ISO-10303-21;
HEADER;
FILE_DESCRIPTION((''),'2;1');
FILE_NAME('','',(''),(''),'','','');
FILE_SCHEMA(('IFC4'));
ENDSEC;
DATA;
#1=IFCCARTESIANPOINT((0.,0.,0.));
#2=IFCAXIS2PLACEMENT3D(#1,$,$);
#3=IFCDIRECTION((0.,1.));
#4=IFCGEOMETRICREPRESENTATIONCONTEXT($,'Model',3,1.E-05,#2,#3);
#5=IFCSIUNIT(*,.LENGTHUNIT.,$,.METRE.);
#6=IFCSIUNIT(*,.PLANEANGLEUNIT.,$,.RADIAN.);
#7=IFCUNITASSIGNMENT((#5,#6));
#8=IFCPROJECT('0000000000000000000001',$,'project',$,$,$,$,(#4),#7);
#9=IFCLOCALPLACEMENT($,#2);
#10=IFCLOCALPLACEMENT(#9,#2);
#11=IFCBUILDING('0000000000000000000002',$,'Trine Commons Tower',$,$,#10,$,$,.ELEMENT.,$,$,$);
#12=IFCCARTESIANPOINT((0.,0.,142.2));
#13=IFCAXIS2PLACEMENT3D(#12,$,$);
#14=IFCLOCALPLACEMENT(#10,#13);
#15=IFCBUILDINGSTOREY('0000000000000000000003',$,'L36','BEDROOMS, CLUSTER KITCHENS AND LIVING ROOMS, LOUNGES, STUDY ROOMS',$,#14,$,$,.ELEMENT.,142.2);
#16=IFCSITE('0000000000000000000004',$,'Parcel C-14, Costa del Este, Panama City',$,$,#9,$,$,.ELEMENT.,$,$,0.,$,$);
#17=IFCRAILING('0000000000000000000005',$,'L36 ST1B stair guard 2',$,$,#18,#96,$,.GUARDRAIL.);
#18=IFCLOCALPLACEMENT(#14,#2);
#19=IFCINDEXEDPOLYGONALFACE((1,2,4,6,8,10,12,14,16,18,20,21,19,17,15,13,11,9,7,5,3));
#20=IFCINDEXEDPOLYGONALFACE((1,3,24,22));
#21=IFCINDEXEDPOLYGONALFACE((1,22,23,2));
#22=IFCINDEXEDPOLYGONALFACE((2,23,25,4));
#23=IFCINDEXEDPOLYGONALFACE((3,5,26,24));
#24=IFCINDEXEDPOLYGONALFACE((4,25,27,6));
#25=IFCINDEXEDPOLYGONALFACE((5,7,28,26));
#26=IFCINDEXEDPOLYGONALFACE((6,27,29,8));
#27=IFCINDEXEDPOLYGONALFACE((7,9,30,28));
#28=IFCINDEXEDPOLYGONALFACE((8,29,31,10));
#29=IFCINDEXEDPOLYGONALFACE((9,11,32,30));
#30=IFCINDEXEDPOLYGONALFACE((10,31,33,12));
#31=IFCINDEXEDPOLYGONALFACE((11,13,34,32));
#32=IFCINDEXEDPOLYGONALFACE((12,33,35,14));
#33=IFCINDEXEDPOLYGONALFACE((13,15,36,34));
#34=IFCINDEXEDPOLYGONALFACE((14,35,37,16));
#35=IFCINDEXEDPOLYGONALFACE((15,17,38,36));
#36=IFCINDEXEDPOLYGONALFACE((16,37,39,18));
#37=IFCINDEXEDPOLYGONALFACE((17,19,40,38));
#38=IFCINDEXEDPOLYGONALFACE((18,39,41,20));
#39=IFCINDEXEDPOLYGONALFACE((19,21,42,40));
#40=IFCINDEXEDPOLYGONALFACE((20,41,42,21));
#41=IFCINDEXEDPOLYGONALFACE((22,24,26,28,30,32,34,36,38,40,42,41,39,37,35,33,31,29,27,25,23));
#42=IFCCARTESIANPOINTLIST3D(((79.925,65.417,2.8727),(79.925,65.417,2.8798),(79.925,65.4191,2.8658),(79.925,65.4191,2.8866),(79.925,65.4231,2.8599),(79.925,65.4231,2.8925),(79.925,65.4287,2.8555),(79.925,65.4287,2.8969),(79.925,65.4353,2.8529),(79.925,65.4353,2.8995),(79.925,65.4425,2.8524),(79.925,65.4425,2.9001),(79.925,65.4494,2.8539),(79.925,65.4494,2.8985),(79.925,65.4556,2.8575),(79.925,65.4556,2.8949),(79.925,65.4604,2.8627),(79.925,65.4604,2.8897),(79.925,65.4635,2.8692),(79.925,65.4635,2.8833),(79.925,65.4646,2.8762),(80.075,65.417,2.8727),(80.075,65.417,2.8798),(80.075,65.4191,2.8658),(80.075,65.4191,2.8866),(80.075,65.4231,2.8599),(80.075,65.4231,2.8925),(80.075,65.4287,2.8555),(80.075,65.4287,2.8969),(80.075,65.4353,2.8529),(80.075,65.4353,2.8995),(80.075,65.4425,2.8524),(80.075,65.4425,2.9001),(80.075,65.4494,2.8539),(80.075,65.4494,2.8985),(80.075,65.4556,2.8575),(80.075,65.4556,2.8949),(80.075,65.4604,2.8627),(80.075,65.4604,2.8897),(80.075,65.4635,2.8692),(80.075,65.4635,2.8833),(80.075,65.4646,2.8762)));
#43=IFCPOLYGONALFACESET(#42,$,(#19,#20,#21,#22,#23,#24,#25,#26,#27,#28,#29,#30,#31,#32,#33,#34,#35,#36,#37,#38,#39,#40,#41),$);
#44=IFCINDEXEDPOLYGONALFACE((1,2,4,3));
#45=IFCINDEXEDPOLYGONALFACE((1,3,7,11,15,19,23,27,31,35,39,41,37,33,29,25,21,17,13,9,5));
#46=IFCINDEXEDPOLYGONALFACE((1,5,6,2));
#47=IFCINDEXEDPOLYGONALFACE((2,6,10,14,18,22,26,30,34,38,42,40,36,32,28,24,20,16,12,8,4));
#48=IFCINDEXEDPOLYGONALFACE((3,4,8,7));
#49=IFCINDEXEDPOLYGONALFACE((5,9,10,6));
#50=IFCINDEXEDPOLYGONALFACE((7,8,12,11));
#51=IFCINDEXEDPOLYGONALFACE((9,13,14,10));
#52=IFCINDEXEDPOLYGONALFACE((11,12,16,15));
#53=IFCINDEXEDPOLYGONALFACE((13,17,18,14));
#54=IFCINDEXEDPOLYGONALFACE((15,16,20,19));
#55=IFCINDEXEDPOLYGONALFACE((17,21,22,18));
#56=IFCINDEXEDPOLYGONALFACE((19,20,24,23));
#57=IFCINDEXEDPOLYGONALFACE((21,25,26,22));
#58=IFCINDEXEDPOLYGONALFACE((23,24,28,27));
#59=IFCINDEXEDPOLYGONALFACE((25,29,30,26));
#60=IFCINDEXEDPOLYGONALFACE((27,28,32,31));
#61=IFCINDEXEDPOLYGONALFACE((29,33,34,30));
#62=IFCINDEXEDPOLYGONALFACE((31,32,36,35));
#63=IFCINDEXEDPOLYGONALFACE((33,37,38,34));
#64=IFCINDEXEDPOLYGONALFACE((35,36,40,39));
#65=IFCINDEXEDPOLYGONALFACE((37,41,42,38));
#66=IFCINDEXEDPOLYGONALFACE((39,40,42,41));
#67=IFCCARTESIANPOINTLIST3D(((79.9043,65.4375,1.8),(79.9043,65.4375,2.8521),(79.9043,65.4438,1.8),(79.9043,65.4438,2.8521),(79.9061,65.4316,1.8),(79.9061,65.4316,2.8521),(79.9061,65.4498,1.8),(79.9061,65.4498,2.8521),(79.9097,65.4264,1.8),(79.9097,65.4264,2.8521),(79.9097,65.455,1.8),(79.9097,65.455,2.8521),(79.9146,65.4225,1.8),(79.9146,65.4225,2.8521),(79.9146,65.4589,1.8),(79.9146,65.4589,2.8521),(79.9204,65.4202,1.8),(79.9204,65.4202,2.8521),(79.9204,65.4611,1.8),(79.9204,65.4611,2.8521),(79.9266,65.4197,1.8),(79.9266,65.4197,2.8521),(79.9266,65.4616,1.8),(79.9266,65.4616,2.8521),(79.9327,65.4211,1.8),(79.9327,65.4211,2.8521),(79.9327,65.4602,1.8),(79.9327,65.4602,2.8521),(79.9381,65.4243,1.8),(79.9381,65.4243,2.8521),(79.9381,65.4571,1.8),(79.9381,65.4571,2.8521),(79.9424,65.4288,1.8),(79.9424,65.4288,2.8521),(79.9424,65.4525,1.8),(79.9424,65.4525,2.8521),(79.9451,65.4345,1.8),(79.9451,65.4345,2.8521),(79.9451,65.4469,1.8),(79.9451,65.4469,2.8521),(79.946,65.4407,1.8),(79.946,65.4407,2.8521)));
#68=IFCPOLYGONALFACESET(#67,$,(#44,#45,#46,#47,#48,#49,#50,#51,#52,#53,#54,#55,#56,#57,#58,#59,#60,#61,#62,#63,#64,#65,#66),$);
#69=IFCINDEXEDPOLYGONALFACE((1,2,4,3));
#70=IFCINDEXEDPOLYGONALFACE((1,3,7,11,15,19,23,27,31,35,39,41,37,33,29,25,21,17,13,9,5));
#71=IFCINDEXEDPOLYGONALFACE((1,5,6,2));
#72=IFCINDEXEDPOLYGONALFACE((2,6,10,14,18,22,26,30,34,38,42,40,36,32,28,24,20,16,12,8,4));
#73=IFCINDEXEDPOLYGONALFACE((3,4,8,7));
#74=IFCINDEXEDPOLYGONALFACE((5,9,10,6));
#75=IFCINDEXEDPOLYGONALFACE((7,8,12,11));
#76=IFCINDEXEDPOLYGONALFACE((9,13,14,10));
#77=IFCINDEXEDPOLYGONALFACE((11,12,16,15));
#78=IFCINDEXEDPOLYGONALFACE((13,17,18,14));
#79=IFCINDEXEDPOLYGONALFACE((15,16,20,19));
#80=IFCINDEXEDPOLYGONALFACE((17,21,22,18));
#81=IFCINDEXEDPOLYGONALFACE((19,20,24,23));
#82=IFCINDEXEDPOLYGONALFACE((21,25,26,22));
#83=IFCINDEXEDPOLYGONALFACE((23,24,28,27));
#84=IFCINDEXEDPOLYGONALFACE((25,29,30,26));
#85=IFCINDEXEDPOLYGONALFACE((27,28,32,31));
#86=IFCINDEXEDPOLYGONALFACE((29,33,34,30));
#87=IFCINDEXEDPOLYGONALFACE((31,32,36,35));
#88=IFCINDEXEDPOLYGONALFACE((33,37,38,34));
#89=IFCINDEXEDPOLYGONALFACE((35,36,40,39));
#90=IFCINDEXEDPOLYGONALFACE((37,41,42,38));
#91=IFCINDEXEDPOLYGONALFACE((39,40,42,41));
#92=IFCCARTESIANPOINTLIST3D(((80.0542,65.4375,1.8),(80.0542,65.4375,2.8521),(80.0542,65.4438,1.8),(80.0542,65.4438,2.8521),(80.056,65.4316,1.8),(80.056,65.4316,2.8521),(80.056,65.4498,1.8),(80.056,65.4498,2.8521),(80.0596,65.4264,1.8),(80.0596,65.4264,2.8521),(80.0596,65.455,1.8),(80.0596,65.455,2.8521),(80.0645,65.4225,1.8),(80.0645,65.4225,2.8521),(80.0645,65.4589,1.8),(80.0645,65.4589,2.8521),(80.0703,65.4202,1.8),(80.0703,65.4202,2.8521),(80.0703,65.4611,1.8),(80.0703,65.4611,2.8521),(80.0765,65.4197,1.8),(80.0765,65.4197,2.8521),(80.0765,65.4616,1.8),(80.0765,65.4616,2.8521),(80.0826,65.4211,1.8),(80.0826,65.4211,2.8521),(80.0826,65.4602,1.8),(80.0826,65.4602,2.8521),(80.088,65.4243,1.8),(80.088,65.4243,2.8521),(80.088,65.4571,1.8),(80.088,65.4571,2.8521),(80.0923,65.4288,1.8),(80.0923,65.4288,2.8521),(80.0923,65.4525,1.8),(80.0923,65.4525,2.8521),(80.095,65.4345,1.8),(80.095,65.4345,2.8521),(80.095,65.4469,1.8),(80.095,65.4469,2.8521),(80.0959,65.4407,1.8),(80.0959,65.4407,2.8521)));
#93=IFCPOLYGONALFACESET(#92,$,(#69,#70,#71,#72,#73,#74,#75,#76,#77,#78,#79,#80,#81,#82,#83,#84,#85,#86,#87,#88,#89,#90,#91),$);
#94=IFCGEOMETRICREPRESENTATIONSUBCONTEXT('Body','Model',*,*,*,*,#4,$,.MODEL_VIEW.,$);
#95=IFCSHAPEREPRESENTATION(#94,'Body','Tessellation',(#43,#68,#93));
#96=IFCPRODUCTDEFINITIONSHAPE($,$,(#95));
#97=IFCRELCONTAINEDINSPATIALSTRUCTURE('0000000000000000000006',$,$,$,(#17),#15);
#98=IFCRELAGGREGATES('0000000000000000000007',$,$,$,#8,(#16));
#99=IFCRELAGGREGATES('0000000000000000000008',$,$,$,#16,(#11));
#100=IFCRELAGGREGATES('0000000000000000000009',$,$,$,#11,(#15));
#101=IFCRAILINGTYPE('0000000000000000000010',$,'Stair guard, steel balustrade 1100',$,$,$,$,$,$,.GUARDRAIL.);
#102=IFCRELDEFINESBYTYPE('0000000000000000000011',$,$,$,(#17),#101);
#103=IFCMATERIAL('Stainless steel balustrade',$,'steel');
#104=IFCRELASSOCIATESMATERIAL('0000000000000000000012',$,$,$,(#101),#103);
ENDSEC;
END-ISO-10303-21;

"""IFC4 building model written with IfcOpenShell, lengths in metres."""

from ifc_helpers import new_model, si_unit, direction, frame, origin, origin_2d, place, context, subcontext, project, spatial, circle, extrude, material, type_object, element, save


model = new_model("IFC4")

# Units and contexts
model_context = context("Model", 3, precision=1e-05, world=origin(), true_north=direction((0.0, 1.0)))
body_context = subcontext(model_context, "Body", "Model", "MODEL_VIEW")
ifc_project = project(units=[si_unit("LENGTHUNIT", "METRE"), si_unit("PLANEANGLEUNIT", "RADIAN")], contexts=[model_context])

# Site, building, storey
site_placement = place(None, origin())
site = spatial("IfcSite", under=ifc_project, at=site_placement, Name="Parcel C-14, Costa del Este, Panama City", CompositionType="ELEMENT", RefElevation=0.0)
building_placement = place(site_placement, origin())
building = spatial("IfcBuilding", under=site, at=building_placement, Name="Trine Commons Tower", CompositionType="ELEMENT")
storey_placement = place(building_placement, frame((0.0, 0.0, 142.2)))
storey = spatial("IfcBuildingStorey", under=building, at=storey_placement, Name="L36", Description="BEDROOMS, CLUSTER KITCHENS AND LIVING ROOMS, LOUNGES, STUDY ROOMS", CompositionType="ELEMENT", Elevation=142.2)

# Railing
ifc_material_1 = material(Name="Stainless steel balustrade", Category="steel")
railing_type_1 = type_object("IfcRailingType", Name="Stair guard, steel balustrade 1100", PredefinedType="GUARDRAIL", material=ifc_material_1)
railing_1_placement = place(storey_placement, frame((79.925, 65.4407, 1.8)))
element("IfcRailing", 1, at=railing_1_placement, inside=storey, type_object=railing_type_1, Name="L36 ST1B stair guard 2", PredefinedType="GUARDRAIL", context=body_context, shape_type="SweptSolid", body=[
    extrude(circle(Radius=0.0239, at=origin_2d()), frame((0.0, 0.0, 1.0762), z_axis=(1.0, 0.0, 0.0), x_axis=(0.0, 1.0, 0.0)), (0.0, 0.0, 1.0), 0.1499),
    extrude(circle(Radius=0.021, at=origin_2d()), origin(), (0.0, 0.0, 1.0), 1.052),
    extrude(circle(Radius=0.021, at=origin_2d()), frame((0.1499, 0.0, 0.0)), (0.0, 0.0, 1.0), 1.052),
])

save(model, "model.ifc")
